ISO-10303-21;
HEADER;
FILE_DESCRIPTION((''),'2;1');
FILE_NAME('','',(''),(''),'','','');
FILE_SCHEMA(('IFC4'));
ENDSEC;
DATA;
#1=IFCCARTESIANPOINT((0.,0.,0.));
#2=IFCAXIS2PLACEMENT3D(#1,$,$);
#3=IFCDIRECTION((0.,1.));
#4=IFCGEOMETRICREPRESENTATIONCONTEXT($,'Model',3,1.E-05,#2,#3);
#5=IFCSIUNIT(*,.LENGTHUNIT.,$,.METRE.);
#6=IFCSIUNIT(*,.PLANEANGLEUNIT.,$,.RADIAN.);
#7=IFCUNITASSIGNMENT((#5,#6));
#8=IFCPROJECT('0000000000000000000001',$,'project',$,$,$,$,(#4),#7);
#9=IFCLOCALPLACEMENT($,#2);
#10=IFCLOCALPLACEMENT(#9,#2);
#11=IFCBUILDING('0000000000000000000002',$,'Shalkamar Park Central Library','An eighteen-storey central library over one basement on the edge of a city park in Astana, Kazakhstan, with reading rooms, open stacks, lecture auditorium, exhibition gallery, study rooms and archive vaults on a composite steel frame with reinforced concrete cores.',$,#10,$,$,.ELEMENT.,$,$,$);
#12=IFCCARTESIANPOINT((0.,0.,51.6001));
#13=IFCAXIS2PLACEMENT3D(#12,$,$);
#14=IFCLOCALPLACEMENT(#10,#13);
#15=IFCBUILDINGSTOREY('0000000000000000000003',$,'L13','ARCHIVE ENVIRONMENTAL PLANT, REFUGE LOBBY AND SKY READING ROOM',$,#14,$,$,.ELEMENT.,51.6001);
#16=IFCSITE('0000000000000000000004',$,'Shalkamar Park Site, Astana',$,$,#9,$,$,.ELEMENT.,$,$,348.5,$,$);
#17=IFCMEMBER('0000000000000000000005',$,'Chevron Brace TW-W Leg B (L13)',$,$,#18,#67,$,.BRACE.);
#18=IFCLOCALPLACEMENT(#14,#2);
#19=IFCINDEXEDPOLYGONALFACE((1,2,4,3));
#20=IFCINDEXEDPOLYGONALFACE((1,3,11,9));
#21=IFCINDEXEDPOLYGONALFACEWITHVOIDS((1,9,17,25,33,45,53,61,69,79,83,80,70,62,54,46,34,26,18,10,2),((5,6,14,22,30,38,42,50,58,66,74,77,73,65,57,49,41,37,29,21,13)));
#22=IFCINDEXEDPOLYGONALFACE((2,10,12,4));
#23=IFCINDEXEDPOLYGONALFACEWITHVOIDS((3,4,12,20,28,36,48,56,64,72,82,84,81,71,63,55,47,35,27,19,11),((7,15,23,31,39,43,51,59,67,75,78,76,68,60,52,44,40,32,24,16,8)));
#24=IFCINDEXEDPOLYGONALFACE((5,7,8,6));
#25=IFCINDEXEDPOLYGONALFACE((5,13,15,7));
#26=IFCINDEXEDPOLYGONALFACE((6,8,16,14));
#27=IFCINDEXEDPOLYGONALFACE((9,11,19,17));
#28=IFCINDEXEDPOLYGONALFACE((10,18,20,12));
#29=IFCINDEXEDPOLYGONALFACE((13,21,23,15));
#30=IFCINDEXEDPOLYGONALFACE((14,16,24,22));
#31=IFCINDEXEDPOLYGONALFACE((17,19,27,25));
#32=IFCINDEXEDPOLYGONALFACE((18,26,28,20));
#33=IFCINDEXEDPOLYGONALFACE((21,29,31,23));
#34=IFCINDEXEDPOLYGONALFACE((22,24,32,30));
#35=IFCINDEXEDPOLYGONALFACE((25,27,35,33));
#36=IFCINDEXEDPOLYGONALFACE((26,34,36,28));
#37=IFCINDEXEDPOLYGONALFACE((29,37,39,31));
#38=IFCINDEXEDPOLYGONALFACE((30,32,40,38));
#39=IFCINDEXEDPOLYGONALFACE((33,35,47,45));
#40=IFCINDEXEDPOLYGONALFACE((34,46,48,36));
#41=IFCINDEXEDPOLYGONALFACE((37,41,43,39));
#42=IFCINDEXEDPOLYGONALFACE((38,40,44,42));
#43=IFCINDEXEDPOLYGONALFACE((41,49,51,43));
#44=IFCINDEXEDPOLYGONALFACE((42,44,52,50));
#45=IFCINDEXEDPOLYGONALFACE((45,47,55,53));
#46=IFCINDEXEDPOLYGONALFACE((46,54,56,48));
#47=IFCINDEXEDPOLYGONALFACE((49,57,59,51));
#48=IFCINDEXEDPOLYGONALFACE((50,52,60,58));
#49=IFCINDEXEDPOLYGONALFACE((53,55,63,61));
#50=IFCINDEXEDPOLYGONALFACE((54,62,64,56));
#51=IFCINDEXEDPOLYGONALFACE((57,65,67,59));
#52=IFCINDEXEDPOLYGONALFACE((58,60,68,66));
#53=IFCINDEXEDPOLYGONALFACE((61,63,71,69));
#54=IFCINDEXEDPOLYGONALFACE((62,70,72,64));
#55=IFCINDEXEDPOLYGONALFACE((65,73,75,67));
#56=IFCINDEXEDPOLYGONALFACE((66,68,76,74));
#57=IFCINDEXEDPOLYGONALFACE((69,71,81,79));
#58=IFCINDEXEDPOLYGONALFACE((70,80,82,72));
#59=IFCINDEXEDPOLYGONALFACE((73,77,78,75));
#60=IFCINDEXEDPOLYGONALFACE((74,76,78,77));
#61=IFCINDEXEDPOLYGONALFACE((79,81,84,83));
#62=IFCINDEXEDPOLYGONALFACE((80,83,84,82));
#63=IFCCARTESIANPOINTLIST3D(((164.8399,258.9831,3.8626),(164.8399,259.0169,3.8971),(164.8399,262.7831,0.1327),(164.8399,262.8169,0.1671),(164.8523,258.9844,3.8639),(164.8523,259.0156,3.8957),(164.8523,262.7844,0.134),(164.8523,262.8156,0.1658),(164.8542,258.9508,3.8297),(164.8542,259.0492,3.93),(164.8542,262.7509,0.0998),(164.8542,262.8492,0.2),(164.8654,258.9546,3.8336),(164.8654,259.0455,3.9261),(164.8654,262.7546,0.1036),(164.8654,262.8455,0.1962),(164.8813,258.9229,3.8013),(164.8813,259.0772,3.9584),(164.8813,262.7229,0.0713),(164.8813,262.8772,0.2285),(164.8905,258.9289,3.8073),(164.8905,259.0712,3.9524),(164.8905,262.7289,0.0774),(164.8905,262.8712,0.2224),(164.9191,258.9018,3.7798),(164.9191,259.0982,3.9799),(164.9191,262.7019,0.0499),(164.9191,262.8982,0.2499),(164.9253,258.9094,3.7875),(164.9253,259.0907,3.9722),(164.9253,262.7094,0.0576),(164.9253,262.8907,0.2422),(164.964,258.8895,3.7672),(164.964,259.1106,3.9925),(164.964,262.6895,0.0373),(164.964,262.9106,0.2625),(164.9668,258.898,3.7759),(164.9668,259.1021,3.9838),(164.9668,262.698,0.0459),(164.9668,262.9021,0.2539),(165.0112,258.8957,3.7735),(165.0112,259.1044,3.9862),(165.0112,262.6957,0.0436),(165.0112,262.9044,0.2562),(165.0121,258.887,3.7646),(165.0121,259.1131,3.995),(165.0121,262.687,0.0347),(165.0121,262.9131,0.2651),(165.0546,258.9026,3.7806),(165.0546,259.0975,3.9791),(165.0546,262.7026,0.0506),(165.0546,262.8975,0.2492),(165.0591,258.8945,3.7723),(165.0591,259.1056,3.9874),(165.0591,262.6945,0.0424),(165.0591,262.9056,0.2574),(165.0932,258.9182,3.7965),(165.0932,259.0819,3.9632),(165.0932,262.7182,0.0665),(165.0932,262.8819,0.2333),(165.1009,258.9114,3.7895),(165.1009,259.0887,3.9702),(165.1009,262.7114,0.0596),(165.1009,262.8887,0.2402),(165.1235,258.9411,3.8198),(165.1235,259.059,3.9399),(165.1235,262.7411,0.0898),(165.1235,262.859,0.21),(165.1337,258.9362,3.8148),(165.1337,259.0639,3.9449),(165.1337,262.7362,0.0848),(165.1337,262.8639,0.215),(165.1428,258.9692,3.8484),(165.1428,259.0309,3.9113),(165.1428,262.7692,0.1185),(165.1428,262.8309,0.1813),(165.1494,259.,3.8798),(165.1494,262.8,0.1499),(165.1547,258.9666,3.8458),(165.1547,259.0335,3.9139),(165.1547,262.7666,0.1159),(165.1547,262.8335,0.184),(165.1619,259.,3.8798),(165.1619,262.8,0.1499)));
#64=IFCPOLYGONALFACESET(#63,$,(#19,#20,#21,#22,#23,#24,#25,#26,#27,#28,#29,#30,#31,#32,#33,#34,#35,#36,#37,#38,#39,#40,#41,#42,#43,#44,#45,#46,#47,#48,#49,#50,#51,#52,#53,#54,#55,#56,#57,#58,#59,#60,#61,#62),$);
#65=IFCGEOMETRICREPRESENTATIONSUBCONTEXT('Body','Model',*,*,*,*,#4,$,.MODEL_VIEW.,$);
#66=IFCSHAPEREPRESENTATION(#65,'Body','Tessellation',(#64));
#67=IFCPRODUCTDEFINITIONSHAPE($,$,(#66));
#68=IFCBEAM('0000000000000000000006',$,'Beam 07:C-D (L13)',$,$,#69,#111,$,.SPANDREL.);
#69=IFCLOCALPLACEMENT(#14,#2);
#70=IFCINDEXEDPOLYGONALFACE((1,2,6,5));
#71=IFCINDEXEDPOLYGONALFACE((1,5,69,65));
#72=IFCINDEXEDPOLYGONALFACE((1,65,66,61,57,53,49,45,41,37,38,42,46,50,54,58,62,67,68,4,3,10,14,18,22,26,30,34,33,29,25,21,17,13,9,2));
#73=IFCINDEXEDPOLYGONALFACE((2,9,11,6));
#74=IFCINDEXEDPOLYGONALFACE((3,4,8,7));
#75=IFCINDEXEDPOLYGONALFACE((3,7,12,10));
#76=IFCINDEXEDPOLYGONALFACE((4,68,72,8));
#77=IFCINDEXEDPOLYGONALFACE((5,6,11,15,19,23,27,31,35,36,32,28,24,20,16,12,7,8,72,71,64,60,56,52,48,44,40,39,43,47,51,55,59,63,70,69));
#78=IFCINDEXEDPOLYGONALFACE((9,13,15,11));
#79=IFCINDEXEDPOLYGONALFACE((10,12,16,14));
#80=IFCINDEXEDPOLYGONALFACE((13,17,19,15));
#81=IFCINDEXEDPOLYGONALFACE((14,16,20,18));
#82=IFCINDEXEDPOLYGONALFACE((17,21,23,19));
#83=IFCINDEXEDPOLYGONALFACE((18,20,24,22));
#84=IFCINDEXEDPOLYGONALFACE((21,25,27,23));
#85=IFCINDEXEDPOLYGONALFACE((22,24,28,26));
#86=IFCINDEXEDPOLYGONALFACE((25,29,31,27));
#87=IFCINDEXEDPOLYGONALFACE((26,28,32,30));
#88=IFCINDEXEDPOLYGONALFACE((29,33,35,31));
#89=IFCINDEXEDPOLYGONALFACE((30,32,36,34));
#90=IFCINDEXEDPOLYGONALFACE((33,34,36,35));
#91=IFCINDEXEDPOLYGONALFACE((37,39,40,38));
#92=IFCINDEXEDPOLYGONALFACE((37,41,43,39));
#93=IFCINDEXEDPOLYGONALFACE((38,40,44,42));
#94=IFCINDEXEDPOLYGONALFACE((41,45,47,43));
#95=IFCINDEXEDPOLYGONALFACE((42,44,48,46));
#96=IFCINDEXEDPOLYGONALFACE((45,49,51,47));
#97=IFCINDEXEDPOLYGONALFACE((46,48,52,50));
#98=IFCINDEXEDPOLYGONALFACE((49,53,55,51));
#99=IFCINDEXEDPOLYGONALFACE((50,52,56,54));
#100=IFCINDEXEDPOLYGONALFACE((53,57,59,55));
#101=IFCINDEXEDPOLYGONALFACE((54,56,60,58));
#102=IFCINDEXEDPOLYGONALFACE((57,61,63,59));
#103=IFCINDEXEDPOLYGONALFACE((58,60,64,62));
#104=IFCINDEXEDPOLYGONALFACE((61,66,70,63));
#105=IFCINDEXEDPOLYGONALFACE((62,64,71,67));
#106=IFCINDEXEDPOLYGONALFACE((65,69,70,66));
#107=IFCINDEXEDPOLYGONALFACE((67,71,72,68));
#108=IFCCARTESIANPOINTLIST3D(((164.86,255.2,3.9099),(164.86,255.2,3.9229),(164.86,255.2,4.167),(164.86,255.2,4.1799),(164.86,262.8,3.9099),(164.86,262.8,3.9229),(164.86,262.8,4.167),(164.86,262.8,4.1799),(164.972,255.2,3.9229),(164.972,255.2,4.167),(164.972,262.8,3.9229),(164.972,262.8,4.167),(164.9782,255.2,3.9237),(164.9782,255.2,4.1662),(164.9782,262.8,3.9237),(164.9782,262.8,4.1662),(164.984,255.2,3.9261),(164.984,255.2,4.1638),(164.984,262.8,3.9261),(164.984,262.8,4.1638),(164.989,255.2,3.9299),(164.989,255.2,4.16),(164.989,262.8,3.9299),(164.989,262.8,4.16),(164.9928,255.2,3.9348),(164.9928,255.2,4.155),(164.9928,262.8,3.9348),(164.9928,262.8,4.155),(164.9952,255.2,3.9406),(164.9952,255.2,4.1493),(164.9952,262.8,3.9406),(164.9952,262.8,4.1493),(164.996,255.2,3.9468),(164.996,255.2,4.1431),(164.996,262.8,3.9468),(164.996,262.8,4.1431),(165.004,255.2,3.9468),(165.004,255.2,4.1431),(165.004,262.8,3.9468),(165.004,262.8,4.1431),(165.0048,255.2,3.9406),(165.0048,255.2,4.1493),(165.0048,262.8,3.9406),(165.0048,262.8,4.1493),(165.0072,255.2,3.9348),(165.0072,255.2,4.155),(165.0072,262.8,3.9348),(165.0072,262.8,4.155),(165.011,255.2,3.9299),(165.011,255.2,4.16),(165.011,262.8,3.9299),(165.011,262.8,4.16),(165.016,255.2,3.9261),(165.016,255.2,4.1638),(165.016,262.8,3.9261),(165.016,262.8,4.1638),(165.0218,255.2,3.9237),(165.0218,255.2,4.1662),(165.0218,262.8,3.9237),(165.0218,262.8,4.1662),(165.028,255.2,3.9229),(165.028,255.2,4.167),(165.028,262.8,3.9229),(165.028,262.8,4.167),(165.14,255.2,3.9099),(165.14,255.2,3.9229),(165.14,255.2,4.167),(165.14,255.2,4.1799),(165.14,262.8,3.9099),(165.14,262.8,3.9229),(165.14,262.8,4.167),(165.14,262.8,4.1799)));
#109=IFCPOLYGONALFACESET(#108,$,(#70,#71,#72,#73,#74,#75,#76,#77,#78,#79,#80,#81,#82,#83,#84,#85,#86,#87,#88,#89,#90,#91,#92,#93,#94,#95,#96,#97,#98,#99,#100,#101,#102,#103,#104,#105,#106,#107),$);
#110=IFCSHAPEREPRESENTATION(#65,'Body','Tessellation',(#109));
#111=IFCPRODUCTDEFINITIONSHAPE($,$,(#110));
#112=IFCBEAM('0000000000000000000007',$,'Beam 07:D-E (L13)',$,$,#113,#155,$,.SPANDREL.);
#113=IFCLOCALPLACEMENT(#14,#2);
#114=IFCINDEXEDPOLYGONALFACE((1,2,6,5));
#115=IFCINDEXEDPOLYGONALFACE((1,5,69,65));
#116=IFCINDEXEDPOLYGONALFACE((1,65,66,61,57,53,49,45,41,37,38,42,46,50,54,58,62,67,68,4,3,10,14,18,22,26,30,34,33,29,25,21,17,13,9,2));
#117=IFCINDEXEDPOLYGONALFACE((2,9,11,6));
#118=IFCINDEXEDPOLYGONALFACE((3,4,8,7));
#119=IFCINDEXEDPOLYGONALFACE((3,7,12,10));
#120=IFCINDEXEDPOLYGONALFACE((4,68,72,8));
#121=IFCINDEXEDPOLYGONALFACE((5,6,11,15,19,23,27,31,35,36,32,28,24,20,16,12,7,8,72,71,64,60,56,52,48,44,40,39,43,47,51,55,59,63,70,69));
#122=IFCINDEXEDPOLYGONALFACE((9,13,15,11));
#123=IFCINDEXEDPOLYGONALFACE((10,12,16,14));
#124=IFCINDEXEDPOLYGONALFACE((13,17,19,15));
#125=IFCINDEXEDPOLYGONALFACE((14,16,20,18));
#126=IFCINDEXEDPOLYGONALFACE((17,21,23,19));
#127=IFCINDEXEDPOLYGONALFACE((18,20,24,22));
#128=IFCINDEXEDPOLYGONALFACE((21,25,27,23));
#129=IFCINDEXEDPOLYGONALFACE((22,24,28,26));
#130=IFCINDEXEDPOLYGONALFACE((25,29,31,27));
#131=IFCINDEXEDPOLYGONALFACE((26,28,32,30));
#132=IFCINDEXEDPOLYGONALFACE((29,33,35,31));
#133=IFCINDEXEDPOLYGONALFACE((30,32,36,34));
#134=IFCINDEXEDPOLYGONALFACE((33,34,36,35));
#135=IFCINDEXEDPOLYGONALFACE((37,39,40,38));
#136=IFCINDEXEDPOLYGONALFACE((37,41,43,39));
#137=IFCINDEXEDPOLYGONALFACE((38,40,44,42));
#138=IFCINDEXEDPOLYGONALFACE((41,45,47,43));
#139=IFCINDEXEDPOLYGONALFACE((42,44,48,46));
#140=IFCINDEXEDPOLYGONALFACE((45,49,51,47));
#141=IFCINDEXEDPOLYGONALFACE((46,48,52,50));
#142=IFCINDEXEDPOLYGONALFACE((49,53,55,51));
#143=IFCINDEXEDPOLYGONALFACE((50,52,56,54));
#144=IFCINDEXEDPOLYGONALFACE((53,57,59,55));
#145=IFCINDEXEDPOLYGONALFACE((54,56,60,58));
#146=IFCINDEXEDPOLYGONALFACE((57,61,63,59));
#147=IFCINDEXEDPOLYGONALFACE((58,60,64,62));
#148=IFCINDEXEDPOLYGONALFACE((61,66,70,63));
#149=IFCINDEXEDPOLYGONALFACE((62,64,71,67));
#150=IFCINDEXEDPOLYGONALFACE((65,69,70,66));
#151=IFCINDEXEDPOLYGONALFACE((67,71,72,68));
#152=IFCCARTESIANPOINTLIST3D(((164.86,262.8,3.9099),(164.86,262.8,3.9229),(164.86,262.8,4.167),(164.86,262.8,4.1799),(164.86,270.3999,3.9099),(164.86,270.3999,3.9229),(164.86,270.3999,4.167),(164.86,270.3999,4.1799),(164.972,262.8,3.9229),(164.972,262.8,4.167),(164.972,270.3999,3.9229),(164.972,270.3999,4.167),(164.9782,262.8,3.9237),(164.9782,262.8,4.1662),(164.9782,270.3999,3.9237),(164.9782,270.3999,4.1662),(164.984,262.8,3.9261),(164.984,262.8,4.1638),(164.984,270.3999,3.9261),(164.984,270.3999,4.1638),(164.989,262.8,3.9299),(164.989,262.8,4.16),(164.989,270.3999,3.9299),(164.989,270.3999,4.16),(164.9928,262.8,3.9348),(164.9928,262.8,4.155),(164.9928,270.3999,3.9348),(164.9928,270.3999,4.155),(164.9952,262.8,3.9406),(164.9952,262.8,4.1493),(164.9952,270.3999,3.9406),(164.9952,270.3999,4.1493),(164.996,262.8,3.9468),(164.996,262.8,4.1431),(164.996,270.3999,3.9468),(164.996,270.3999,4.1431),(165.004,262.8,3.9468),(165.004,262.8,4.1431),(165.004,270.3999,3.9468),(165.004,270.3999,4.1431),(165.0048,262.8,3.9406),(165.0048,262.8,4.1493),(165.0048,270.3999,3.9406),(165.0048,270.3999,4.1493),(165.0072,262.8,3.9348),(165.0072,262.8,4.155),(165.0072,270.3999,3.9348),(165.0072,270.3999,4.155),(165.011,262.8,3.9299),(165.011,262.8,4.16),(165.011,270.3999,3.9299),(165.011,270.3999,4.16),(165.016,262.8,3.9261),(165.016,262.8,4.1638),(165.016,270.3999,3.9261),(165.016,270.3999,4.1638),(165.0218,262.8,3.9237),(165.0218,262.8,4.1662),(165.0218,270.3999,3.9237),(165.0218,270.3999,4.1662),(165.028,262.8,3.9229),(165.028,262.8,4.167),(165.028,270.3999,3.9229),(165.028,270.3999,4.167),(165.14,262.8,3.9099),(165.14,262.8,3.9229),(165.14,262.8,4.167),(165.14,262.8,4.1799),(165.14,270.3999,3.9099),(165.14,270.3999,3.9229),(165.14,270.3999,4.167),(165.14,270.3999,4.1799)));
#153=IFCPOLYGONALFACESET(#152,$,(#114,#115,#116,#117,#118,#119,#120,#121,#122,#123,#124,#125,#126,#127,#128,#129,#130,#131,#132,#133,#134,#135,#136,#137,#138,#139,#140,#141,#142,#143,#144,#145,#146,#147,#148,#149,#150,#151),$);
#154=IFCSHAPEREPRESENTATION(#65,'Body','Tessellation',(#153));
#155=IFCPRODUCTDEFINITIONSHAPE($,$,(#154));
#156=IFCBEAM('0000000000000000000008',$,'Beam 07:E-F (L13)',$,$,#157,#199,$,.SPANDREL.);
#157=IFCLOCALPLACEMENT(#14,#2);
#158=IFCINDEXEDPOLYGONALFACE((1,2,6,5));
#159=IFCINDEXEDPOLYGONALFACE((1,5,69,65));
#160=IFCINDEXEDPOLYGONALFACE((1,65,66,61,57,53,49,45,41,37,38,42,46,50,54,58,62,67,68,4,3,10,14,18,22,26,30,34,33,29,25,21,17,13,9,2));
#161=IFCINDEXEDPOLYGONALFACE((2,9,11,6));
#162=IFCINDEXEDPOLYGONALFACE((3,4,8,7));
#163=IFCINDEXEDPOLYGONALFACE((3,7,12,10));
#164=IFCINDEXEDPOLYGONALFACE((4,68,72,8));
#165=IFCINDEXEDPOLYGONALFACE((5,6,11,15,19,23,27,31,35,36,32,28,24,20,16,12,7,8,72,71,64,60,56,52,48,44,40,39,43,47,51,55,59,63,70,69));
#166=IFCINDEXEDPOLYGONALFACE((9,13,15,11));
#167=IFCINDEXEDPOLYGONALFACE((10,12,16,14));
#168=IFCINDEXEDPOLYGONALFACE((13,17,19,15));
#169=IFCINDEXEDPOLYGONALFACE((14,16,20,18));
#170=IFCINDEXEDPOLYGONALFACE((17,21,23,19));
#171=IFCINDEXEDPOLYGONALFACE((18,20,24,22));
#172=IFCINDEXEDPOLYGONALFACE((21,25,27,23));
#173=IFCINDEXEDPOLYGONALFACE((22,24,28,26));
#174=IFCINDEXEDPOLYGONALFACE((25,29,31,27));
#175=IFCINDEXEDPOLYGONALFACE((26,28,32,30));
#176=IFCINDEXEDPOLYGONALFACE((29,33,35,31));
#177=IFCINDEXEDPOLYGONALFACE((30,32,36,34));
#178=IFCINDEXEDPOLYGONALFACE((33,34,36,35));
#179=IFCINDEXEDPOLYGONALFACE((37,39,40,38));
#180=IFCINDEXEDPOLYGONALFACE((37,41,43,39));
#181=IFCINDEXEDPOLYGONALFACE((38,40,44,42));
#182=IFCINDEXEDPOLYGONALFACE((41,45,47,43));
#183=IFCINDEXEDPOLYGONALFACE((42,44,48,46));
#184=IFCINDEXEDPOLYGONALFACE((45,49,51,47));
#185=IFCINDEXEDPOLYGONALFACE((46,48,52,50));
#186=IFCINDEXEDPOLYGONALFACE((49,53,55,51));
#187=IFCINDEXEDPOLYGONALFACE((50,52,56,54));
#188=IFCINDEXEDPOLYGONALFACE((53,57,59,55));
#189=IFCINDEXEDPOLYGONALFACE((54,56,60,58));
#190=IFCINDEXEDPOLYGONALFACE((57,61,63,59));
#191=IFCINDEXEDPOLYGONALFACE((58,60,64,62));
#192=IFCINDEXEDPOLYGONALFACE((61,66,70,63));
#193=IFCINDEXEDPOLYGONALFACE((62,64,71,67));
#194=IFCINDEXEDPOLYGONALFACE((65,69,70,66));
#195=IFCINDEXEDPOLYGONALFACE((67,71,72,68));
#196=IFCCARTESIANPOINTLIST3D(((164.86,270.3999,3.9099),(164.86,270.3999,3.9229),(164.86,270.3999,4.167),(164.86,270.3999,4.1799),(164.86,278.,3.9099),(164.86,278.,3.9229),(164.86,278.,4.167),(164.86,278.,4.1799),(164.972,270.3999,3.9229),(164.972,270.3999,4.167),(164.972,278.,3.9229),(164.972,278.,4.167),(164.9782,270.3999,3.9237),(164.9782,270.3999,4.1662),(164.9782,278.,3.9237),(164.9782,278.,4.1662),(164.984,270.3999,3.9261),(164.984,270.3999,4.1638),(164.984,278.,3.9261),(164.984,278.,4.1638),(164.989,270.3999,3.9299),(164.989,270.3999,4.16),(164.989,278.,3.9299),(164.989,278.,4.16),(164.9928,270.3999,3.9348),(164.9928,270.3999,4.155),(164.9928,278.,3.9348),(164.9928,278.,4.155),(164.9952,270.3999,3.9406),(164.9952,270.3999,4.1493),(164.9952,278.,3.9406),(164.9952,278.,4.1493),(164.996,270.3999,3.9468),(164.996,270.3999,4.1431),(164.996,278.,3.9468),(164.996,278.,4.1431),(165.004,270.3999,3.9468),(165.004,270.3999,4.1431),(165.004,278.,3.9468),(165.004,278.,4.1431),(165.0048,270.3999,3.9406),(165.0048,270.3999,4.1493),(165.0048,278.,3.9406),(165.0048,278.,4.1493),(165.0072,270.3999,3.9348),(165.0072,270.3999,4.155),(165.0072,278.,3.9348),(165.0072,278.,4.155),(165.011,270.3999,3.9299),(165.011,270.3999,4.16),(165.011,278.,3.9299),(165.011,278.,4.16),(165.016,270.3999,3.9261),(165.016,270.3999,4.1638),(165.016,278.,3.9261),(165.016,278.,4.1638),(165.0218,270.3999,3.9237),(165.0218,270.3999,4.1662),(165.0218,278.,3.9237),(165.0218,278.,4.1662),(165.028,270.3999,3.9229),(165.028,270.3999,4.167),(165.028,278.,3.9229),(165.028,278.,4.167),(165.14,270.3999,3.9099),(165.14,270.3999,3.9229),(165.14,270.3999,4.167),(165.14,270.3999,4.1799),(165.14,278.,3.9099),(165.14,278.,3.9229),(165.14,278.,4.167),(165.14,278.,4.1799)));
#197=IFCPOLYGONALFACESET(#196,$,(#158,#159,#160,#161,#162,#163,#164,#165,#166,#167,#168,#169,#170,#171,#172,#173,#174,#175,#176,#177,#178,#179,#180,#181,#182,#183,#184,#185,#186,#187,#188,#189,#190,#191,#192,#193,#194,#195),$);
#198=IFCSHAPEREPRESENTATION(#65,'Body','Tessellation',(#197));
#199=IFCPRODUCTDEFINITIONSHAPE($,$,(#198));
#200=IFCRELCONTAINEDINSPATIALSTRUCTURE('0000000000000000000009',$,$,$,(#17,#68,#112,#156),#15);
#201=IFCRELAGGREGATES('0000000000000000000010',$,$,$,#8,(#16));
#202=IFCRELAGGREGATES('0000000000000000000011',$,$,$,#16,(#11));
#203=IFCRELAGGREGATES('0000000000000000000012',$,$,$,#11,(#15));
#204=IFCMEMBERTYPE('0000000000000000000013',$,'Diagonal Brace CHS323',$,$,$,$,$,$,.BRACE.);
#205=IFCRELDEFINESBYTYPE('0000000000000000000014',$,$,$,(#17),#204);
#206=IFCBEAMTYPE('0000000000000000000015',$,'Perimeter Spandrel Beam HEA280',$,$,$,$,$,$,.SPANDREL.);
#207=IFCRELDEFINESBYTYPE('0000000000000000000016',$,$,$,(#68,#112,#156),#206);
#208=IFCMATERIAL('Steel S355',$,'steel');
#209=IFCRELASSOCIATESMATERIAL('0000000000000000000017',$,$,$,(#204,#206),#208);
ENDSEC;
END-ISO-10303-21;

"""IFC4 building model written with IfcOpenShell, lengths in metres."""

from ifc_helpers import new_model, si_unit, direction, frame, origin, origin_2d, place, context, subcontext, project, spatial, hollow_circle, i_section, extrude, material, material_profile, profile_set, type_object, element, save


model = new_model("IFC4")

# Units and contexts
model_context = context("Model", 3, precision=1e-05, world=origin(), true_north=direction((0.0, 1.0)))
body_context = subcontext(model_context, "Body", "Model", "MODEL_VIEW")
ifc_project = project(units=[si_unit("LENGTHUNIT", "METRE"), si_unit("PLANEANGLEUNIT", "RADIAN")], contexts=[model_context])

# Site, building, storey
site_placement = place(None, origin())
site = spatial("IfcSite", under=ifc_project, at=site_placement, Name="Shalkamar Park Site, Astana", CompositionType="ELEMENT", RefElevation=348.5)
building_placement = place(site_placement, origin())
building = spatial("IfcBuilding", under=site, at=building_placement, Name="Shalkamar Park Central Library", Description="An eighteen-storey central library over one basement on the edge of a city park in Astana, Kazakhstan, with reading rooms, open stacks, lecture auditorium, exhibition gallery, study rooms and archive vaults on a composite steel frame with reinforced concrete cores.", CompositionType="ELEMENT")
storey_placement = place(building_placement, frame((0.0, 0.0, 51.6001)))
storey = spatial("IfcBuildingStorey", under=building, at=storey_placement, Name="L13", Description="ARCHIVE ENVIRONMENTAL PLANT, REFUGE LOBBY AND SKY READING ROOM", CompositionType="ELEMENT", Elevation=51.6001)

# Shared definitions
ifc_material_1 = material(Name="Steel S355", Category="steel")

# Member
ifc_material_profile_1 = material_profile(ifc_material_1, hollow_circle(Radius=0.1619, WallThickness=0.0125, at=origin_2d()), Name="CHS 323.9x12.5")
ifc_profile_set_1 = profile_set([ifc_material_profile_1], Name="Steel S355")
member_type = type_object("IfcMemberType", Name="Diagonal Brace CHS323", PredefinedType="BRACE", material=ifc_profile_set_1)
for number, where, z_axis, x_axis, name in (
    (1, (165.0, 262.8, 0.1499), (0.0, -0.713656, 0.700497), (1.0, 0.0, 0.0), "Chevron Brace TW-W Leg B (L13)"),
):
    element("IfcMember", number, at=place(storey_placement, frame(where, z_axis=z_axis, x_axis=x_axis)), inside=storey, type_object=member_type, Name=name, PredefinedType="BRACE", context=body_context, shape_type="SweptSolid", body=[
        extrude(hollow_circle(Radius=0.1619, WallThickness=0.0125, at=origin_2d()), origin(), (0.0, 0.0, 1.0), 5.3247),
    ])

# Beams
ifc_material_profile_2 = material_profile(ifc_material_1, i_section(OverallWidth=0.28, OverallDepth=0.27, WebThickness=0.0081, FlangeThickness=0.0129, FilletRadius=0.0239, at=origin_2d()), Name="HEA 280")
ifc_profile_set_2 = profile_set([ifc_material_profile_2], Name="Steel S355")
beam_type_1 = type_object("IfcBeamType", Name="Perimeter Spandrel Beam HEA280", PredefinedType="SPANDREL", material=ifc_profile_set_2)
beam_1_placement = place(storey_placement, frame((165.0, 255.2, 4.0449), z_axis=(0.0, 1.0, 0.0), x_axis=(-1.0, 0.0, 0.0)))
element("IfcBeam", 2, at=beam_1_placement, inside=storey, type_object=beam_type_1, Name="Beam 07:C-D (L13)", PredefinedType="SPANDREL", context=body_context, shape_type="SweptSolid", body=[
    extrude(i_section(OverallWidth=0.28, OverallDepth=0.27, WebThickness=0.0081, FlangeThickness=0.0129, FilletRadius=0.0239, at=origin_2d()), origin(), (0.0, 0.0, 1.0), 7.6001),
])
beam_2_placement = place(storey_placement, frame((165.0, 262.8, 4.0449), z_axis=(0.0, 1.0, 0.0), x_axis=(-1.0, 0.0, 0.0)))
element("IfcBeam", 3, at=beam_2_placement, inside=storey, type_object=beam_type_1, Name="Beam 07:D-E (L13)", PredefinedType="SPANDREL", context=body_context, shape_type="SweptSolid", body=[
    extrude(i_section(OverallWidth=0.28, OverallDepth=0.27, WebThickness=0.0081, FlangeThickness=0.0129, FilletRadius=0.0239, at=origin_2d()), origin(), (0.0, 0.0, 1.0), 7.5999),
])
beam_3_placement = place(storey_placement, frame((165.0, 270.3999, 4.0449), z_axis=(0.0, 1.0, 0.0), x_axis=(-1.0, 0.0, 0.0)))
element("IfcBeam", 4, at=beam_3_placement, inside=storey, type_object=beam_type_1, Name="Beam 07:E-F (L13)", PredefinedType="SPANDREL", context=body_context, shape_type="SweptSolid", body=[
    extrude(i_section(OverallWidth=0.28, OverallDepth=0.27, WebThickness=0.0081, FlangeThickness=0.0129, FilletRadius=0.0239, at=origin_2d()), origin(), (0.0, 0.0, 1.0), 7.6001),
])

save(model, "model.ifc")
